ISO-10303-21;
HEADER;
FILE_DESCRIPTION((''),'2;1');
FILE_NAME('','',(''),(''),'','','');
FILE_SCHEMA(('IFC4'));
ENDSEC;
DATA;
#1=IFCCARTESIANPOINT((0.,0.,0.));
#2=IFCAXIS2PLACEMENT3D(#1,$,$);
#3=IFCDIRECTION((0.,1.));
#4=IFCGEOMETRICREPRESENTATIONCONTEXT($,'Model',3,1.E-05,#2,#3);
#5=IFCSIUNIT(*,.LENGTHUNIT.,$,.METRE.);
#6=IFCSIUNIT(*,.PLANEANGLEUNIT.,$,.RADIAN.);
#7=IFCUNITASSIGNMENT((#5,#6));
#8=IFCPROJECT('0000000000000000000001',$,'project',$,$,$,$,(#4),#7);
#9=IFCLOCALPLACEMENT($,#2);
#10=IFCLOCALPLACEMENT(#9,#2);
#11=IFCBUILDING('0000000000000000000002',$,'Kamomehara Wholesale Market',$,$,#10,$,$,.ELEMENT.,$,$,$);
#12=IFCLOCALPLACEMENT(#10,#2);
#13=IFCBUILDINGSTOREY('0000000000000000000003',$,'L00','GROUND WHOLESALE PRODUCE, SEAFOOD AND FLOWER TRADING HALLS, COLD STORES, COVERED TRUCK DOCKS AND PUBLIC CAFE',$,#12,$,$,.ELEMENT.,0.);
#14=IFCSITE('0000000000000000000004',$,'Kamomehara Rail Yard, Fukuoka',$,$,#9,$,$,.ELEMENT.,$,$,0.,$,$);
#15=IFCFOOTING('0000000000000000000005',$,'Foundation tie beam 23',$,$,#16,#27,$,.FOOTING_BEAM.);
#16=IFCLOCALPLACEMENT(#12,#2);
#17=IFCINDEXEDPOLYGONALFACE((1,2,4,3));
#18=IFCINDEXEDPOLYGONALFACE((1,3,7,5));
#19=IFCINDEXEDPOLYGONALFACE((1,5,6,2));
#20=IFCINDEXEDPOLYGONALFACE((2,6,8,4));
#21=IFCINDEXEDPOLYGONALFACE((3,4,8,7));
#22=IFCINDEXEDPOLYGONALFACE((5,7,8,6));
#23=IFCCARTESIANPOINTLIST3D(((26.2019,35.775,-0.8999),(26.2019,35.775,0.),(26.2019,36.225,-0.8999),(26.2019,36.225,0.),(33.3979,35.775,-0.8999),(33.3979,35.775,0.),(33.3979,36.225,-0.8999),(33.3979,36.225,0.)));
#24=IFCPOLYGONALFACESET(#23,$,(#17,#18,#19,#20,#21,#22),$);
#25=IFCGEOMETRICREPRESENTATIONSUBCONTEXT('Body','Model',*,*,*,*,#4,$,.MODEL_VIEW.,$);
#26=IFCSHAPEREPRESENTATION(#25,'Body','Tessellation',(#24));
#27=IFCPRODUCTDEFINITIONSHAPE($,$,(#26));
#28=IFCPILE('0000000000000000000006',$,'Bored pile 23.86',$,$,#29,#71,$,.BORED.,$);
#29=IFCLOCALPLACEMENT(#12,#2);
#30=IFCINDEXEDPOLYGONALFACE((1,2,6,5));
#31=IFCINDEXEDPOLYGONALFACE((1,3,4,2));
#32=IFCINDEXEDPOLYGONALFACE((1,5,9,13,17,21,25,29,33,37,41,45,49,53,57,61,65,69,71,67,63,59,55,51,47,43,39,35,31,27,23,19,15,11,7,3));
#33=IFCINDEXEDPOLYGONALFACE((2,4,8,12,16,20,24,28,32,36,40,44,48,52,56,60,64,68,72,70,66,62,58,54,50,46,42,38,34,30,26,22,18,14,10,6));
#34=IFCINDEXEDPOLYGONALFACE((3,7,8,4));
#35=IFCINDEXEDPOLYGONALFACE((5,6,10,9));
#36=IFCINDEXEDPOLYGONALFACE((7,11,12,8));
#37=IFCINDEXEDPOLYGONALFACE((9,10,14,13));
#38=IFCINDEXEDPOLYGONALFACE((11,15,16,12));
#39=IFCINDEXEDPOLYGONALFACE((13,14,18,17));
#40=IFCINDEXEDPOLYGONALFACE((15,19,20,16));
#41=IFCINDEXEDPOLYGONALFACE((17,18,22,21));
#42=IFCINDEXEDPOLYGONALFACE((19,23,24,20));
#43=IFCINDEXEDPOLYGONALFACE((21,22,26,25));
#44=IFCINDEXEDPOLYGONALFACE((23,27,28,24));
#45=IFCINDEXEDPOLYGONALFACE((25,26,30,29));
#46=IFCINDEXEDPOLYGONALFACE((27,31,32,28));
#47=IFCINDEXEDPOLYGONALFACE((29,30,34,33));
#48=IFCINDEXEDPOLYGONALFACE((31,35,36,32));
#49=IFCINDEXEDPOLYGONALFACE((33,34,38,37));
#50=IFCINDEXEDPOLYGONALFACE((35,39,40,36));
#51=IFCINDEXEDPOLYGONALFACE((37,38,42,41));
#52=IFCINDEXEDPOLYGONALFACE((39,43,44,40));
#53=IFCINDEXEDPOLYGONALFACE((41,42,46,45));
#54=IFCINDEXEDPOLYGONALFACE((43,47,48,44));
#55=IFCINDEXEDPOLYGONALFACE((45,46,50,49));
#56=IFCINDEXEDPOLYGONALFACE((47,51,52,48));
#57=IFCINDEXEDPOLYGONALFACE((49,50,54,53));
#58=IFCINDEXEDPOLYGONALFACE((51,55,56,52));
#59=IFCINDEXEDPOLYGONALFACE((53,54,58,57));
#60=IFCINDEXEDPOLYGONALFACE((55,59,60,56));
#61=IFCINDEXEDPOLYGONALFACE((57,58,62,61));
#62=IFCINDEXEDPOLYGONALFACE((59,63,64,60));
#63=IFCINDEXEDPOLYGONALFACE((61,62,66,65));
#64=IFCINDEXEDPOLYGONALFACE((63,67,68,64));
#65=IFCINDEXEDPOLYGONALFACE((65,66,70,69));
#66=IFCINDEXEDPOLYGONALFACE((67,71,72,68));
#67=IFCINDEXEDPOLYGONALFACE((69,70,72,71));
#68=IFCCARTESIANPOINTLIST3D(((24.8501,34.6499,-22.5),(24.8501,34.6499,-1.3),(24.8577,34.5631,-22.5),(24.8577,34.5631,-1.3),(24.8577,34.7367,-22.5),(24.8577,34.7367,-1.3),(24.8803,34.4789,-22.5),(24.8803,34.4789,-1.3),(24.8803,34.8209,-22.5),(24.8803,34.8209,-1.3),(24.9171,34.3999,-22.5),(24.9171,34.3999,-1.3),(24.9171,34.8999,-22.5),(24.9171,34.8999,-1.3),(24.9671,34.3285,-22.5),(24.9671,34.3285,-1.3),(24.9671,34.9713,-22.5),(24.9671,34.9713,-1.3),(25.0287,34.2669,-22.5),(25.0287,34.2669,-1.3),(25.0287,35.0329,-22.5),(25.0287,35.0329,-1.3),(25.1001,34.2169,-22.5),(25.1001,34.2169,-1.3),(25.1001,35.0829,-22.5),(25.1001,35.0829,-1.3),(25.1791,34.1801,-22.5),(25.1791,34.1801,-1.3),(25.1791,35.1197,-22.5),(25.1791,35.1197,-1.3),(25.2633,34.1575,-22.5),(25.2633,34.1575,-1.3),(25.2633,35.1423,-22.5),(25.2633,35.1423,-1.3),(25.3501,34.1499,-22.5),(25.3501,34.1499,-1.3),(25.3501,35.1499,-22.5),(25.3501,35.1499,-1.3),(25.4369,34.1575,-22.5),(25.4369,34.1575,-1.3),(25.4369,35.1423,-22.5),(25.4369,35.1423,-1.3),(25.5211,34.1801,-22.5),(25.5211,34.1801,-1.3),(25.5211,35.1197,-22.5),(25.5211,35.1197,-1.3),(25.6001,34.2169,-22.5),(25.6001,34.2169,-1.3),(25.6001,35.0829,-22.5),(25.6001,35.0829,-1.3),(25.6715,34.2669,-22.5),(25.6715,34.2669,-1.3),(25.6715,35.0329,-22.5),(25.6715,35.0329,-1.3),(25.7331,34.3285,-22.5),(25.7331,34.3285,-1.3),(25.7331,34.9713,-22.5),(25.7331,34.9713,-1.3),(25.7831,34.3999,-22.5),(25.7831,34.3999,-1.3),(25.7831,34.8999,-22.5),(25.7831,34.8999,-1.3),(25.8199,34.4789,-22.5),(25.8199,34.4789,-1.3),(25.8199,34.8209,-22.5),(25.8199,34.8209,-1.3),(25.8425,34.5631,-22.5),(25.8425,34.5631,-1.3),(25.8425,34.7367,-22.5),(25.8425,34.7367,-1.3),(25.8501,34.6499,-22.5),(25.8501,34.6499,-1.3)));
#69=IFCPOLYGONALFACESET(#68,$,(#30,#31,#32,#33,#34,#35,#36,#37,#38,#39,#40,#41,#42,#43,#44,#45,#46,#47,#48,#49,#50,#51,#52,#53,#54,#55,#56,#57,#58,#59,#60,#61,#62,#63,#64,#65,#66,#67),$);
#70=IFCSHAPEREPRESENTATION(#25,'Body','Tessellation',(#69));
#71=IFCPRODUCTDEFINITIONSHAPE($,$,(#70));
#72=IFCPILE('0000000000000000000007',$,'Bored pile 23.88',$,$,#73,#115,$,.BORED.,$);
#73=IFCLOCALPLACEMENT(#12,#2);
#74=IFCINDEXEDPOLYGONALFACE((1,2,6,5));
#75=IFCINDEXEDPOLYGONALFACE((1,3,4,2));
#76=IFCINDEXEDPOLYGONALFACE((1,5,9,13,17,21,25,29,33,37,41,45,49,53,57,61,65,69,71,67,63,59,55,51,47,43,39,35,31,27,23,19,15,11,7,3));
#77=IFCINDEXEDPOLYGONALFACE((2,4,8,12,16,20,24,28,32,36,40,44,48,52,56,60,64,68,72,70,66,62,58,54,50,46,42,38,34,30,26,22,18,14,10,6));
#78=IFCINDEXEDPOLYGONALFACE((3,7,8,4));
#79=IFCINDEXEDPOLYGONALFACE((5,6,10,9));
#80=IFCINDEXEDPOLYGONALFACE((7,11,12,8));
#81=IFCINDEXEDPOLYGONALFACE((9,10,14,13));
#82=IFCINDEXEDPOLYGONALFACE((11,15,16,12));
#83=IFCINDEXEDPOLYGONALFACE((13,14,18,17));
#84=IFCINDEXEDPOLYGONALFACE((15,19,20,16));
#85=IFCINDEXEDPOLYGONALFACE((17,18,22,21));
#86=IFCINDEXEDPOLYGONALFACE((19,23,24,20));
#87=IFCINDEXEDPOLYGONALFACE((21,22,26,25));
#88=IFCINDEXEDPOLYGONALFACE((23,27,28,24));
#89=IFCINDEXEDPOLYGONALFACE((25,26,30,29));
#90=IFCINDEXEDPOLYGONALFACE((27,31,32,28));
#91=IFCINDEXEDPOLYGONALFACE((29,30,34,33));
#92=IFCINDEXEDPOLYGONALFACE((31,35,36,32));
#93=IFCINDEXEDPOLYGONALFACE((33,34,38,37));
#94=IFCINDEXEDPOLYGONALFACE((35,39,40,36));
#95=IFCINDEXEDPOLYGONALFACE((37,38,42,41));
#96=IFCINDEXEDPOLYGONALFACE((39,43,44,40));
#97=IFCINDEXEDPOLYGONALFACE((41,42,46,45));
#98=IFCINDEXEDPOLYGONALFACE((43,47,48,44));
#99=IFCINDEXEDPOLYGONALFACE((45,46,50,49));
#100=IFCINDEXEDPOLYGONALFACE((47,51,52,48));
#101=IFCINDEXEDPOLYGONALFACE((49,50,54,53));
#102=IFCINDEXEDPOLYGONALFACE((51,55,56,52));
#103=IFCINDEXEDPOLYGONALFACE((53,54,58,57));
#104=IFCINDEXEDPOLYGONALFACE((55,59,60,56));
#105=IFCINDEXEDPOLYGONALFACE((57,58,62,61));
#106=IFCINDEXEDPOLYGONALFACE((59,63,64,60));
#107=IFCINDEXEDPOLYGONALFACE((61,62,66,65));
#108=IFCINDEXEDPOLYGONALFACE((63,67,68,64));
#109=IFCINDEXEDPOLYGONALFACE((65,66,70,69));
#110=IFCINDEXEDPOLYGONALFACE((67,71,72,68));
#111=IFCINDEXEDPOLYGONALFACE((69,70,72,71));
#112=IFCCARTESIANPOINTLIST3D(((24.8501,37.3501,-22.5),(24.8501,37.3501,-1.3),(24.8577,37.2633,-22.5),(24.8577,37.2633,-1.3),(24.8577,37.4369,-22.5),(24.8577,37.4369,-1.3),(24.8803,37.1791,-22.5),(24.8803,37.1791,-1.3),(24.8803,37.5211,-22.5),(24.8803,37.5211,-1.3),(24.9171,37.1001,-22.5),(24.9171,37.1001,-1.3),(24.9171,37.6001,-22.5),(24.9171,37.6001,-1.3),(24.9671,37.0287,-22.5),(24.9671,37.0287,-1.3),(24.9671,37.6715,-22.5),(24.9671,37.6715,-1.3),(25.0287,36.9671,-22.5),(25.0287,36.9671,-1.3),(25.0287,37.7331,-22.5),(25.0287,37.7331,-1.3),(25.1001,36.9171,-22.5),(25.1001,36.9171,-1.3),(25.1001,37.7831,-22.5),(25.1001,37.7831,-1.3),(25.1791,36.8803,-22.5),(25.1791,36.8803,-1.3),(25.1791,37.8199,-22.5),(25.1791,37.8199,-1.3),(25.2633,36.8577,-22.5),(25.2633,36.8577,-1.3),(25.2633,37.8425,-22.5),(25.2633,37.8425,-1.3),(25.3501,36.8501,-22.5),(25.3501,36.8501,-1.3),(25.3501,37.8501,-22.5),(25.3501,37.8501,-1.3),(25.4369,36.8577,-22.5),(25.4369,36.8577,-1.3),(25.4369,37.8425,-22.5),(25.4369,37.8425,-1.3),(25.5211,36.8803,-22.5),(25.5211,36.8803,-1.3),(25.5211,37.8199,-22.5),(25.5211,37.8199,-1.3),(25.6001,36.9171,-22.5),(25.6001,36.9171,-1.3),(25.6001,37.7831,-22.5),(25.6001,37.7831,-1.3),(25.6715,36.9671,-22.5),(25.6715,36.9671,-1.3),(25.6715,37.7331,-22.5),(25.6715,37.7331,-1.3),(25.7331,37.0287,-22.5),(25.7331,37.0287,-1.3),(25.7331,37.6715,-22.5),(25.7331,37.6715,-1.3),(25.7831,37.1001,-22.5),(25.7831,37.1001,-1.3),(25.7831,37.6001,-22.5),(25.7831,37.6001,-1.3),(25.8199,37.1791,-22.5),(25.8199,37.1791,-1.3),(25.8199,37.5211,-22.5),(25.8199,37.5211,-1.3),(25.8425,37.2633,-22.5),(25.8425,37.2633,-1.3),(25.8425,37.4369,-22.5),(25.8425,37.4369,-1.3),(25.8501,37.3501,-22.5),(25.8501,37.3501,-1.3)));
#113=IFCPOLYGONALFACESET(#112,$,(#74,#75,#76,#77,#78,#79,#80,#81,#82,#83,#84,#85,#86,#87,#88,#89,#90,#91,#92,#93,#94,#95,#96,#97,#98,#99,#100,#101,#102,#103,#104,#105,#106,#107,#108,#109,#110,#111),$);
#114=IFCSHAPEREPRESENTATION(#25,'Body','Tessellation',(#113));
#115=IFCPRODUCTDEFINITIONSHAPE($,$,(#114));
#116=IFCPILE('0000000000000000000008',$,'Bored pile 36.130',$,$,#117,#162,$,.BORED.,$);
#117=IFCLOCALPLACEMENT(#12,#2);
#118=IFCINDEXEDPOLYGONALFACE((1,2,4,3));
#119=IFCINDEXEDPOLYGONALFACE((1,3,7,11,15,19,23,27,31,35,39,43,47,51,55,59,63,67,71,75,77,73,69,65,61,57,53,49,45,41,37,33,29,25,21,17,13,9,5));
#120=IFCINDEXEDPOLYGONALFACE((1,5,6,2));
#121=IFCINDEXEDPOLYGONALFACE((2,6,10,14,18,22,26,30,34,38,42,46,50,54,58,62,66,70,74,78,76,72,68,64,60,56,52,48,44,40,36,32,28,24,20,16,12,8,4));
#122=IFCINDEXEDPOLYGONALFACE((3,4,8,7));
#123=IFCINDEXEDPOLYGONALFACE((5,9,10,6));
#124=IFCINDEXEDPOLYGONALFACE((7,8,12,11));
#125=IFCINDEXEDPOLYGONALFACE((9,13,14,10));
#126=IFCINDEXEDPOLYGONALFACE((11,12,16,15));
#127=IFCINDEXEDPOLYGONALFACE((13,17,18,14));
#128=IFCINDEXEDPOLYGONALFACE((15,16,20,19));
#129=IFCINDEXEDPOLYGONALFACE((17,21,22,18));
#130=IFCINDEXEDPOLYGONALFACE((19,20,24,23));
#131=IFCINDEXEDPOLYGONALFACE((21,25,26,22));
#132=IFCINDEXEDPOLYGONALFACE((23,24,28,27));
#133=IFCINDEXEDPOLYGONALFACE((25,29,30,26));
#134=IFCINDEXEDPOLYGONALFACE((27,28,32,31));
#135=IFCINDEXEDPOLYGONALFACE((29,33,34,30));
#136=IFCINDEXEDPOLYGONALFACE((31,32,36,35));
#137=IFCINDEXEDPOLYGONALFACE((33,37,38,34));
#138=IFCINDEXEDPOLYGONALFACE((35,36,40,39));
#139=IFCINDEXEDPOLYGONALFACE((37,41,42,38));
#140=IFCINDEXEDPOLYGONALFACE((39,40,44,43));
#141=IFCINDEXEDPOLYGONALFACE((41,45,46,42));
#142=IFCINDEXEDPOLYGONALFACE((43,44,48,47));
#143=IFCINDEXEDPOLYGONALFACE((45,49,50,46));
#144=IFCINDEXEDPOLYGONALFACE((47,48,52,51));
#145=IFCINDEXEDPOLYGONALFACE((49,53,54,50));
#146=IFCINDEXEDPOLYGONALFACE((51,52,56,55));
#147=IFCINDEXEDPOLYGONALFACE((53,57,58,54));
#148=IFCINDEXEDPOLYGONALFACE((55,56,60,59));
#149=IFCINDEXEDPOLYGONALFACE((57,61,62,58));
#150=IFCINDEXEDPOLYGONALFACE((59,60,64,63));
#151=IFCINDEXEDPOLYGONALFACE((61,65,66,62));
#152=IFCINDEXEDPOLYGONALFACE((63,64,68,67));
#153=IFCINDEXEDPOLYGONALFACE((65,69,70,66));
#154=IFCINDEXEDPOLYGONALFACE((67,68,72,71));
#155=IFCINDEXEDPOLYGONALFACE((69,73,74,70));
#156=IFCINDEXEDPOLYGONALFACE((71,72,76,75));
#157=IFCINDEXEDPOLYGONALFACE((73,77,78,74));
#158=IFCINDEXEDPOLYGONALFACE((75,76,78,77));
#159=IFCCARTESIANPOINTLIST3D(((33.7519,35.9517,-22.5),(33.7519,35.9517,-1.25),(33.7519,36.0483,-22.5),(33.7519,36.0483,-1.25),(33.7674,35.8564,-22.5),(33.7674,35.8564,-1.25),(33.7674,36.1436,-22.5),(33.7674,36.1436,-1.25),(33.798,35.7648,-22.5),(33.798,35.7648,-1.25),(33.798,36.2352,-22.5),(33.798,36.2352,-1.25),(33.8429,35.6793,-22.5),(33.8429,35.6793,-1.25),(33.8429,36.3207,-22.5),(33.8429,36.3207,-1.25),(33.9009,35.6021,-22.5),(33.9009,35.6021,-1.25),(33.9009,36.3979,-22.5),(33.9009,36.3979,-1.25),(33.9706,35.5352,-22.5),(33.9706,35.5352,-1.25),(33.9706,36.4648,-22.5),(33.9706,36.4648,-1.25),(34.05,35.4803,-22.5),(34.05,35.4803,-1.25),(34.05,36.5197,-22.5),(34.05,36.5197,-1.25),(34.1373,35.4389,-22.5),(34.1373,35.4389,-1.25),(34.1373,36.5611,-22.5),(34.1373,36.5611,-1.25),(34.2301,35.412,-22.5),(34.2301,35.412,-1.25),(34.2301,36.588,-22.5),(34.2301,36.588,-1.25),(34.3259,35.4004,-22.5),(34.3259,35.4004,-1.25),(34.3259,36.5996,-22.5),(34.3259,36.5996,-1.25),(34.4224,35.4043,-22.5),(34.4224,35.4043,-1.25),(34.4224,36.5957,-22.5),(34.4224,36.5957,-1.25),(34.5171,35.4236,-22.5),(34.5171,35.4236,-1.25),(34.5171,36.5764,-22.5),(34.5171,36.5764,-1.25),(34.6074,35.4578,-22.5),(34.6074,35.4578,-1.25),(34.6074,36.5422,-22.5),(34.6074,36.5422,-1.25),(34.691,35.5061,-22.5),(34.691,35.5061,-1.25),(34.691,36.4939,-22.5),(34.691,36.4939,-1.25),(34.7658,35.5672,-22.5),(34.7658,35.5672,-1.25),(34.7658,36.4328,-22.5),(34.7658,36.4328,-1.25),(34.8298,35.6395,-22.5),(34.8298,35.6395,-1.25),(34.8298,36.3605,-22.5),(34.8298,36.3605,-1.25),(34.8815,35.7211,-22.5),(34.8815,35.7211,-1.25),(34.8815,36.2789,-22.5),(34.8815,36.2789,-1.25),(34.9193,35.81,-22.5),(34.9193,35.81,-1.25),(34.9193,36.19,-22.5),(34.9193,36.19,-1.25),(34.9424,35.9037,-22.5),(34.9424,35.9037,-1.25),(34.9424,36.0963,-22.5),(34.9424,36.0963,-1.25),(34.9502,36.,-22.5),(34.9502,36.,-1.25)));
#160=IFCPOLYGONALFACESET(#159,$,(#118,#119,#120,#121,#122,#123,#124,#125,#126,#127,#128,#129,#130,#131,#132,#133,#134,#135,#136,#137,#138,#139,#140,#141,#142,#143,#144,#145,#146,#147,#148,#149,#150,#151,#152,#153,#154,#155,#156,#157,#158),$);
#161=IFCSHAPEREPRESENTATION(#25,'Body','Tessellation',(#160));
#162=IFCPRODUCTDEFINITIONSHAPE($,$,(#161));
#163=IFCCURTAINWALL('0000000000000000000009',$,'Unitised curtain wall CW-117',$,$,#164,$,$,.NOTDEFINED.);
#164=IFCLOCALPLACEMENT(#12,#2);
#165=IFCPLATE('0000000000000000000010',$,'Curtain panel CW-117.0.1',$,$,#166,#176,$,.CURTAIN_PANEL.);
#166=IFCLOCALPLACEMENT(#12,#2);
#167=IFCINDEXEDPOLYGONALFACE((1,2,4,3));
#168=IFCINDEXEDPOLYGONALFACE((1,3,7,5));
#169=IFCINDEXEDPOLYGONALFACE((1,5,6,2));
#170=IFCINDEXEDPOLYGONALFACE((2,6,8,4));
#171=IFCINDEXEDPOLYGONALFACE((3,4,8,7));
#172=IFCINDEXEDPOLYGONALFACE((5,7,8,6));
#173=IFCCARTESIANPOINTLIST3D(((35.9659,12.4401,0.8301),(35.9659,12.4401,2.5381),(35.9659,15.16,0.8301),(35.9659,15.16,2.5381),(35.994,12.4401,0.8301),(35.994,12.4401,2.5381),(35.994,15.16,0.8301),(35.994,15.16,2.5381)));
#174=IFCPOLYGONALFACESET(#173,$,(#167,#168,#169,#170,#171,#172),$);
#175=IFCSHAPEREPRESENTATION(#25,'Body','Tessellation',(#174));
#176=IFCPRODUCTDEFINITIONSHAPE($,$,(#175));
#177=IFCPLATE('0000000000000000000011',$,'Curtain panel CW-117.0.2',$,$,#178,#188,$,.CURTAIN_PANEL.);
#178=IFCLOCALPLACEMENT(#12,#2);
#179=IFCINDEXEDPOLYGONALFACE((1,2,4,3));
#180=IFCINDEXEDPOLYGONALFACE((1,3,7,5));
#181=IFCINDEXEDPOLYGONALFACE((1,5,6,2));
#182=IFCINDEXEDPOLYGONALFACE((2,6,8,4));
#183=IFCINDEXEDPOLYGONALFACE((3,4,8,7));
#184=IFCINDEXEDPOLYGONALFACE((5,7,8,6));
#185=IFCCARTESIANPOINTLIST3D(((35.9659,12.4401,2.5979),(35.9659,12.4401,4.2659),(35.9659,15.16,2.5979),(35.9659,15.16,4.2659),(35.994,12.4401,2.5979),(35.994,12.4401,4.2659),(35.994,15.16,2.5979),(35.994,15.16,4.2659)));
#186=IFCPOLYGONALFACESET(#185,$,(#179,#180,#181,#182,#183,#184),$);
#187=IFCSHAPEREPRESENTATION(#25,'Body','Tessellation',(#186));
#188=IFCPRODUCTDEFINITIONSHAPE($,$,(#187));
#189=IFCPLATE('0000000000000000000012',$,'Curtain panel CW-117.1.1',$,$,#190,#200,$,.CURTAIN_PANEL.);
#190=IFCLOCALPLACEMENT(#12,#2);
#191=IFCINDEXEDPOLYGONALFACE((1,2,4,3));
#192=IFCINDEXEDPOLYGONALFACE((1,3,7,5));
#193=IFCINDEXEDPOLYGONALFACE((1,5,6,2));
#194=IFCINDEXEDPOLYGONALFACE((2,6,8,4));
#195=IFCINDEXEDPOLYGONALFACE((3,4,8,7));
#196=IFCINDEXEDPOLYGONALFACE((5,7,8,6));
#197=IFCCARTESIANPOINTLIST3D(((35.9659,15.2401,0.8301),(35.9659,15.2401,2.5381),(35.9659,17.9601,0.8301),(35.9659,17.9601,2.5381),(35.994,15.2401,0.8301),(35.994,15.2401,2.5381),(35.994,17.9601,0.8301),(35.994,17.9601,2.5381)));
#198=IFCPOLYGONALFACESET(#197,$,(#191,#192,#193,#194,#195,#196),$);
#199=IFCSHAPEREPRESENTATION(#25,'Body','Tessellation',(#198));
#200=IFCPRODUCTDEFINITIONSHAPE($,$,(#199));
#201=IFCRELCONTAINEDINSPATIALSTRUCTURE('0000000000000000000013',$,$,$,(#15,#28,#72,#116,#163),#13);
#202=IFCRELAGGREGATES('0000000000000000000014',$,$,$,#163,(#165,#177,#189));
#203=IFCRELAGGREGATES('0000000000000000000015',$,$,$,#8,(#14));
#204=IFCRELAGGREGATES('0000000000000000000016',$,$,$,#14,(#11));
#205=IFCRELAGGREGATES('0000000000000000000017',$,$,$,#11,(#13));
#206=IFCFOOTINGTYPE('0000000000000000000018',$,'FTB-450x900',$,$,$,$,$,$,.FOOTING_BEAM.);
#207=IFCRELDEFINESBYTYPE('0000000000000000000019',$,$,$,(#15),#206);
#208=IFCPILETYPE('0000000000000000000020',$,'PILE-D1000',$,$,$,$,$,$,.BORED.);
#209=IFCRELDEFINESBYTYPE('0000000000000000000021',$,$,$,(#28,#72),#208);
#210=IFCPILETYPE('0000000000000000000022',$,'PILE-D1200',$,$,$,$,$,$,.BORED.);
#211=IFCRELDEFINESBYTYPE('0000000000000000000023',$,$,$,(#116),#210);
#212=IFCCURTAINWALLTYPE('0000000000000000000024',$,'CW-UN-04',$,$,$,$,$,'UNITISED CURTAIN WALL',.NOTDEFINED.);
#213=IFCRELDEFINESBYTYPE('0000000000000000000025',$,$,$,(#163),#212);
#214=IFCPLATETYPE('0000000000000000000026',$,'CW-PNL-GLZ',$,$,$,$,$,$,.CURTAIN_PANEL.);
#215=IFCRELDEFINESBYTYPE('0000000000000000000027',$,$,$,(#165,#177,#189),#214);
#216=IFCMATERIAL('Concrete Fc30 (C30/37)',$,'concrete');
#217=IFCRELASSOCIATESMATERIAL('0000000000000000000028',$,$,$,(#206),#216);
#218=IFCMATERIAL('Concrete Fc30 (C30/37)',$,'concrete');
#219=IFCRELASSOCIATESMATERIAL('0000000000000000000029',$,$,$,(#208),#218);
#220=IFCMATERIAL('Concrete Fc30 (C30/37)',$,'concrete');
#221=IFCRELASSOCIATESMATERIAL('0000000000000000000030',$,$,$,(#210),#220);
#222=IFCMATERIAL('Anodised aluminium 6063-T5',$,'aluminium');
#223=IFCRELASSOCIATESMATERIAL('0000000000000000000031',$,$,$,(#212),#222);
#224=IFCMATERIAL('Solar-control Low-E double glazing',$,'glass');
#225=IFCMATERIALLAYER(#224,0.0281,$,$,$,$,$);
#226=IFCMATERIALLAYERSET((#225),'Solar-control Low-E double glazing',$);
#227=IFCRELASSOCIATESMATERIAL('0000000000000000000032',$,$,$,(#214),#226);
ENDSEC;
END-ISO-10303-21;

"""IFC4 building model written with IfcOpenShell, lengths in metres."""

from ifc_helpers import new_model, si_unit, direction, frame, origin, origin_2d, place, context, subcontext, project, spatial, rectangle, circle, extrude, material, layer, layer_set, material_profile, profile_set, type_object, element, aggregate, save


model = new_model("IFC4")

# Units and contexts
model_context = context("Model", 3, precision=1e-05, world=origin(), true_north=direction((0.0, 1.0)))
body_context = subcontext(model_context, "Body", "Model", "MODEL_VIEW")
ifc_project = project(units=[si_unit("LENGTHUNIT", "METRE"), si_unit("PLANEANGLEUNIT", "RADIAN")], contexts=[model_context])

# Site, building, storey
site_placement = place(None, origin())
site = spatial("IfcSite", under=ifc_project, at=site_placement, Name="Kamomehara Rail Yard, Fukuoka", CompositionType="ELEMENT", RefElevation=0.0)
building_placement = place(site_placement, origin())
building = spatial("IfcBuilding", under=site, at=building_placement, Name="Kamomehara Wholesale Market", CompositionType="ELEMENT")
storey_placement = place(building_placement, origin())
storey = spatial("IfcBuildingStorey", under=building, at=storey_placement, Name="L00", Description="GROUND WHOLESALE PRODUCE, SEAFOOD AND FLOWER TRADING HALLS, COLD STORES, COVERED TRUCK DOCKS AND PUBLIC CAFE", CompositionType="ELEMENT", Elevation=0.0)

# Footing
ifc_material_1 = material(Name="Concrete Fc30 (C30/37)", Category="concrete")
ifc_material_profile_1 = material_profile(ifc_material_1, rectangle(XDim=0.45, YDim=0.8999, at=origin_2d()), Name="RC-FTB-450x900")
ifc_profile_set_1 = profile_set([ifc_material_profile_1], Name="Concrete Fc30 (C30/37)")
footing_type = type_object("IfcFootingType", Name="FTB-450x900", PredefinedType="FOOTING_BEAM", material=ifc_profile_set_1)
footing_placement = place(storey_placement, frame((26.2019, 36.0, -0.45), z_axis=(1.0, 0.0, 0.0), x_axis=(0.0, 1.0, 0.0)))
element("IfcFooting", 1, at=footing_placement, inside=storey, type_object=footing_type, Name="Foundation tie beam 23", PredefinedType="FOOTING_BEAM", context=body_context, shape_type="SweptSolid", body=[
    extrude(rectangle(XDim=0.45, YDim=0.8999, at=origin_2d()), origin(), (0.0, 0.0, 1.0), 7.196),
])

# Piles
ifc_material_2 = material(Name="Concrete Fc30 (C30/37)", Category="concrete")
ifc_material_profile_2 = material_profile(ifc_material_2, circle(Radius=0.5, at=origin_2d()), Name="RC-PILE-D1000")
ifc_profile_set_2 = profile_set([ifc_material_profile_2], Name="Concrete Fc30 (C30/37)")
pile_type_1 = type_object("IfcPileType", Name="PILE-D1000", PredefinedType="BORED", material=ifc_profile_set_2)
for number, where, z_axis, x_axis, name in (
    (2, (25.3501, 34.6499, -1.3), (0.0, 0.0, -1.0), (1.0, 0.0, 0.0), "Bored pile 23.86"),
    (3, (25.3501, 37.3501, -1.3), (0.0, 0.0, -1.0), (1.0, 0.0, 0.0), "Bored pile 23.88"),
):
    element("IfcPile", number, at=place(storey_placement, frame(where, z_axis=z_axis, x_axis=x_axis)), inside=storey, type_object=pile_type_1, Name=name, PredefinedType="BORED", context=body_context, shape_type="SweptSolid", body=[
        extrude(circle(Radius=0.5, at=origin_2d()), origin(), (0.0, 0.0, 1.0), 21.2),
    ])
ifc_material_3 = material(Name="Concrete Fc30 (C30/37)", Category="concrete")
ifc_material_profile_3 = material_profile(ifc_material_3, circle(Radius=0.6001, at=origin_2d()), Name="RC-PILE-D1200")
ifc_profile_set_3 = profile_set([ifc_material_profile_3], Name="Concrete Fc30 (C30/37)")
pile_type_2 = type_object("IfcPileType", Name="PILE-D1200", PredefinedType="BORED", material=ifc_profile_set_3)
pile_placement = place(storey_placement, frame((34.3501, 36.0, -1.25), z_axis=(0.0, 0.0, -1.0), x_axis=(1.0, 0.0, 0.0)))
element("IfcPile", 4, at=pile_placement, inside=storey, type_object=pile_type_2, Name="Bored pile 36.130", PredefinedType="BORED", context=body_context, shape_type="SweptSolid", body=[
    extrude(circle(Radius=0.6001, at=origin_2d()), origin(), (0.0, 0.0, 1.0), 21.25),
])

# Curtain wall, plates
ifc_material_4 = material(Name="Anodised aluminium 6063-T5", Category="aluminium")
curtain_wall_type = type_object("IfcCurtainWallType", Name="CW-UN-04", ElementType="UNITISED CURTAIN WALL", PredefinedType="NOTDEFINED", material=ifc_material_4)
curtain_wall_1_placement = place(storey_placement, origin())
curtain_wall_1 = element("IfcCurtainWall", 5, at=curtain_wall_1_placement, inside=storey, type_object=curtain_wall_type, Name="Unitised curtain wall CW-117", PredefinedType="NOTDEFINED")
ifc_material_5 = material(Name="Solar-control Low-E double glazing", Category="glass")
ifc_layer_1 = layer(ifc_material_5, 0.0281)
ifc_layer_set_1 = layer_set([ifc_layer_1], Name="Solar-control Low-E double glazing")
plate_type_1 = type_object("IfcPlateType", Name="CW-PNL-GLZ", PredefinedType="CURTAIN_PANEL", material=ifc_layer_set_1)
plate_1_placement = place(storey_placement, frame((35.98, 13.8, 0.8301), z_axis=(0.0, 0.0, 1.0), x_axis=(0.0, 1.0, 0.0)))
plate_1 = element("IfcPlate", 6, at=plate_1_placement, type_object=plate_type_1, Name="Curtain panel CW-117.0.1", PredefinedType="CURTAIN_PANEL", context=body_context, shape_type="SweptSolid", body=[
    extrude(rectangle(XDim=2.72, YDim=0.0281, at=origin_2d()), origin(), (0.0, 0.0, 1.0), 1.708),
])
plate_2_placement = place(storey_placement, frame((35.98, 13.8, 2.5979), z_axis=(0.0, 0.0, 1.0), x_axis=(0.0, 1.0, 0.0)))
plate_2 = element("IfcPlate", 7, at=plate_2_placement, type_object=plate_type_1, Name="Curtain panel CW-117.0.2", PredefinedType="CURTAIN_PANEL", context=body_context, shape_type="SweptSolid", body=[
    extrude(rectangle(XDim=2.72, YDim=0.0281, at=origin_2d()), origin(), (0.0, 0.0, 1.0), 1.668),
])
plate_3_placement = place(storey_placement, frame((35.98, 16.6001, 0.8301), z_axis=(0.0, 0.0, 1.0), x_axis=(0.0, 1.0, 0.0)))
plate_3 = element("IfcPlate", 8, at=plate_3_placement, type_object=plate_type_1, Name="Curtain panel CW-117.1.1", PredefinedType="CURTAIN_PANEL", context=body_context, shape_type="SweptSolid", body=[
    extrude(rectangle(XDim=2.72, YDim=0.0281, at=origin_2d()), origin(), (0.0, 0.0, 1.0), 1.708),
])

aggregate(curtain_wall_1, [plate_1, plate_2, plate_3])

save(model, "model.ifc")
